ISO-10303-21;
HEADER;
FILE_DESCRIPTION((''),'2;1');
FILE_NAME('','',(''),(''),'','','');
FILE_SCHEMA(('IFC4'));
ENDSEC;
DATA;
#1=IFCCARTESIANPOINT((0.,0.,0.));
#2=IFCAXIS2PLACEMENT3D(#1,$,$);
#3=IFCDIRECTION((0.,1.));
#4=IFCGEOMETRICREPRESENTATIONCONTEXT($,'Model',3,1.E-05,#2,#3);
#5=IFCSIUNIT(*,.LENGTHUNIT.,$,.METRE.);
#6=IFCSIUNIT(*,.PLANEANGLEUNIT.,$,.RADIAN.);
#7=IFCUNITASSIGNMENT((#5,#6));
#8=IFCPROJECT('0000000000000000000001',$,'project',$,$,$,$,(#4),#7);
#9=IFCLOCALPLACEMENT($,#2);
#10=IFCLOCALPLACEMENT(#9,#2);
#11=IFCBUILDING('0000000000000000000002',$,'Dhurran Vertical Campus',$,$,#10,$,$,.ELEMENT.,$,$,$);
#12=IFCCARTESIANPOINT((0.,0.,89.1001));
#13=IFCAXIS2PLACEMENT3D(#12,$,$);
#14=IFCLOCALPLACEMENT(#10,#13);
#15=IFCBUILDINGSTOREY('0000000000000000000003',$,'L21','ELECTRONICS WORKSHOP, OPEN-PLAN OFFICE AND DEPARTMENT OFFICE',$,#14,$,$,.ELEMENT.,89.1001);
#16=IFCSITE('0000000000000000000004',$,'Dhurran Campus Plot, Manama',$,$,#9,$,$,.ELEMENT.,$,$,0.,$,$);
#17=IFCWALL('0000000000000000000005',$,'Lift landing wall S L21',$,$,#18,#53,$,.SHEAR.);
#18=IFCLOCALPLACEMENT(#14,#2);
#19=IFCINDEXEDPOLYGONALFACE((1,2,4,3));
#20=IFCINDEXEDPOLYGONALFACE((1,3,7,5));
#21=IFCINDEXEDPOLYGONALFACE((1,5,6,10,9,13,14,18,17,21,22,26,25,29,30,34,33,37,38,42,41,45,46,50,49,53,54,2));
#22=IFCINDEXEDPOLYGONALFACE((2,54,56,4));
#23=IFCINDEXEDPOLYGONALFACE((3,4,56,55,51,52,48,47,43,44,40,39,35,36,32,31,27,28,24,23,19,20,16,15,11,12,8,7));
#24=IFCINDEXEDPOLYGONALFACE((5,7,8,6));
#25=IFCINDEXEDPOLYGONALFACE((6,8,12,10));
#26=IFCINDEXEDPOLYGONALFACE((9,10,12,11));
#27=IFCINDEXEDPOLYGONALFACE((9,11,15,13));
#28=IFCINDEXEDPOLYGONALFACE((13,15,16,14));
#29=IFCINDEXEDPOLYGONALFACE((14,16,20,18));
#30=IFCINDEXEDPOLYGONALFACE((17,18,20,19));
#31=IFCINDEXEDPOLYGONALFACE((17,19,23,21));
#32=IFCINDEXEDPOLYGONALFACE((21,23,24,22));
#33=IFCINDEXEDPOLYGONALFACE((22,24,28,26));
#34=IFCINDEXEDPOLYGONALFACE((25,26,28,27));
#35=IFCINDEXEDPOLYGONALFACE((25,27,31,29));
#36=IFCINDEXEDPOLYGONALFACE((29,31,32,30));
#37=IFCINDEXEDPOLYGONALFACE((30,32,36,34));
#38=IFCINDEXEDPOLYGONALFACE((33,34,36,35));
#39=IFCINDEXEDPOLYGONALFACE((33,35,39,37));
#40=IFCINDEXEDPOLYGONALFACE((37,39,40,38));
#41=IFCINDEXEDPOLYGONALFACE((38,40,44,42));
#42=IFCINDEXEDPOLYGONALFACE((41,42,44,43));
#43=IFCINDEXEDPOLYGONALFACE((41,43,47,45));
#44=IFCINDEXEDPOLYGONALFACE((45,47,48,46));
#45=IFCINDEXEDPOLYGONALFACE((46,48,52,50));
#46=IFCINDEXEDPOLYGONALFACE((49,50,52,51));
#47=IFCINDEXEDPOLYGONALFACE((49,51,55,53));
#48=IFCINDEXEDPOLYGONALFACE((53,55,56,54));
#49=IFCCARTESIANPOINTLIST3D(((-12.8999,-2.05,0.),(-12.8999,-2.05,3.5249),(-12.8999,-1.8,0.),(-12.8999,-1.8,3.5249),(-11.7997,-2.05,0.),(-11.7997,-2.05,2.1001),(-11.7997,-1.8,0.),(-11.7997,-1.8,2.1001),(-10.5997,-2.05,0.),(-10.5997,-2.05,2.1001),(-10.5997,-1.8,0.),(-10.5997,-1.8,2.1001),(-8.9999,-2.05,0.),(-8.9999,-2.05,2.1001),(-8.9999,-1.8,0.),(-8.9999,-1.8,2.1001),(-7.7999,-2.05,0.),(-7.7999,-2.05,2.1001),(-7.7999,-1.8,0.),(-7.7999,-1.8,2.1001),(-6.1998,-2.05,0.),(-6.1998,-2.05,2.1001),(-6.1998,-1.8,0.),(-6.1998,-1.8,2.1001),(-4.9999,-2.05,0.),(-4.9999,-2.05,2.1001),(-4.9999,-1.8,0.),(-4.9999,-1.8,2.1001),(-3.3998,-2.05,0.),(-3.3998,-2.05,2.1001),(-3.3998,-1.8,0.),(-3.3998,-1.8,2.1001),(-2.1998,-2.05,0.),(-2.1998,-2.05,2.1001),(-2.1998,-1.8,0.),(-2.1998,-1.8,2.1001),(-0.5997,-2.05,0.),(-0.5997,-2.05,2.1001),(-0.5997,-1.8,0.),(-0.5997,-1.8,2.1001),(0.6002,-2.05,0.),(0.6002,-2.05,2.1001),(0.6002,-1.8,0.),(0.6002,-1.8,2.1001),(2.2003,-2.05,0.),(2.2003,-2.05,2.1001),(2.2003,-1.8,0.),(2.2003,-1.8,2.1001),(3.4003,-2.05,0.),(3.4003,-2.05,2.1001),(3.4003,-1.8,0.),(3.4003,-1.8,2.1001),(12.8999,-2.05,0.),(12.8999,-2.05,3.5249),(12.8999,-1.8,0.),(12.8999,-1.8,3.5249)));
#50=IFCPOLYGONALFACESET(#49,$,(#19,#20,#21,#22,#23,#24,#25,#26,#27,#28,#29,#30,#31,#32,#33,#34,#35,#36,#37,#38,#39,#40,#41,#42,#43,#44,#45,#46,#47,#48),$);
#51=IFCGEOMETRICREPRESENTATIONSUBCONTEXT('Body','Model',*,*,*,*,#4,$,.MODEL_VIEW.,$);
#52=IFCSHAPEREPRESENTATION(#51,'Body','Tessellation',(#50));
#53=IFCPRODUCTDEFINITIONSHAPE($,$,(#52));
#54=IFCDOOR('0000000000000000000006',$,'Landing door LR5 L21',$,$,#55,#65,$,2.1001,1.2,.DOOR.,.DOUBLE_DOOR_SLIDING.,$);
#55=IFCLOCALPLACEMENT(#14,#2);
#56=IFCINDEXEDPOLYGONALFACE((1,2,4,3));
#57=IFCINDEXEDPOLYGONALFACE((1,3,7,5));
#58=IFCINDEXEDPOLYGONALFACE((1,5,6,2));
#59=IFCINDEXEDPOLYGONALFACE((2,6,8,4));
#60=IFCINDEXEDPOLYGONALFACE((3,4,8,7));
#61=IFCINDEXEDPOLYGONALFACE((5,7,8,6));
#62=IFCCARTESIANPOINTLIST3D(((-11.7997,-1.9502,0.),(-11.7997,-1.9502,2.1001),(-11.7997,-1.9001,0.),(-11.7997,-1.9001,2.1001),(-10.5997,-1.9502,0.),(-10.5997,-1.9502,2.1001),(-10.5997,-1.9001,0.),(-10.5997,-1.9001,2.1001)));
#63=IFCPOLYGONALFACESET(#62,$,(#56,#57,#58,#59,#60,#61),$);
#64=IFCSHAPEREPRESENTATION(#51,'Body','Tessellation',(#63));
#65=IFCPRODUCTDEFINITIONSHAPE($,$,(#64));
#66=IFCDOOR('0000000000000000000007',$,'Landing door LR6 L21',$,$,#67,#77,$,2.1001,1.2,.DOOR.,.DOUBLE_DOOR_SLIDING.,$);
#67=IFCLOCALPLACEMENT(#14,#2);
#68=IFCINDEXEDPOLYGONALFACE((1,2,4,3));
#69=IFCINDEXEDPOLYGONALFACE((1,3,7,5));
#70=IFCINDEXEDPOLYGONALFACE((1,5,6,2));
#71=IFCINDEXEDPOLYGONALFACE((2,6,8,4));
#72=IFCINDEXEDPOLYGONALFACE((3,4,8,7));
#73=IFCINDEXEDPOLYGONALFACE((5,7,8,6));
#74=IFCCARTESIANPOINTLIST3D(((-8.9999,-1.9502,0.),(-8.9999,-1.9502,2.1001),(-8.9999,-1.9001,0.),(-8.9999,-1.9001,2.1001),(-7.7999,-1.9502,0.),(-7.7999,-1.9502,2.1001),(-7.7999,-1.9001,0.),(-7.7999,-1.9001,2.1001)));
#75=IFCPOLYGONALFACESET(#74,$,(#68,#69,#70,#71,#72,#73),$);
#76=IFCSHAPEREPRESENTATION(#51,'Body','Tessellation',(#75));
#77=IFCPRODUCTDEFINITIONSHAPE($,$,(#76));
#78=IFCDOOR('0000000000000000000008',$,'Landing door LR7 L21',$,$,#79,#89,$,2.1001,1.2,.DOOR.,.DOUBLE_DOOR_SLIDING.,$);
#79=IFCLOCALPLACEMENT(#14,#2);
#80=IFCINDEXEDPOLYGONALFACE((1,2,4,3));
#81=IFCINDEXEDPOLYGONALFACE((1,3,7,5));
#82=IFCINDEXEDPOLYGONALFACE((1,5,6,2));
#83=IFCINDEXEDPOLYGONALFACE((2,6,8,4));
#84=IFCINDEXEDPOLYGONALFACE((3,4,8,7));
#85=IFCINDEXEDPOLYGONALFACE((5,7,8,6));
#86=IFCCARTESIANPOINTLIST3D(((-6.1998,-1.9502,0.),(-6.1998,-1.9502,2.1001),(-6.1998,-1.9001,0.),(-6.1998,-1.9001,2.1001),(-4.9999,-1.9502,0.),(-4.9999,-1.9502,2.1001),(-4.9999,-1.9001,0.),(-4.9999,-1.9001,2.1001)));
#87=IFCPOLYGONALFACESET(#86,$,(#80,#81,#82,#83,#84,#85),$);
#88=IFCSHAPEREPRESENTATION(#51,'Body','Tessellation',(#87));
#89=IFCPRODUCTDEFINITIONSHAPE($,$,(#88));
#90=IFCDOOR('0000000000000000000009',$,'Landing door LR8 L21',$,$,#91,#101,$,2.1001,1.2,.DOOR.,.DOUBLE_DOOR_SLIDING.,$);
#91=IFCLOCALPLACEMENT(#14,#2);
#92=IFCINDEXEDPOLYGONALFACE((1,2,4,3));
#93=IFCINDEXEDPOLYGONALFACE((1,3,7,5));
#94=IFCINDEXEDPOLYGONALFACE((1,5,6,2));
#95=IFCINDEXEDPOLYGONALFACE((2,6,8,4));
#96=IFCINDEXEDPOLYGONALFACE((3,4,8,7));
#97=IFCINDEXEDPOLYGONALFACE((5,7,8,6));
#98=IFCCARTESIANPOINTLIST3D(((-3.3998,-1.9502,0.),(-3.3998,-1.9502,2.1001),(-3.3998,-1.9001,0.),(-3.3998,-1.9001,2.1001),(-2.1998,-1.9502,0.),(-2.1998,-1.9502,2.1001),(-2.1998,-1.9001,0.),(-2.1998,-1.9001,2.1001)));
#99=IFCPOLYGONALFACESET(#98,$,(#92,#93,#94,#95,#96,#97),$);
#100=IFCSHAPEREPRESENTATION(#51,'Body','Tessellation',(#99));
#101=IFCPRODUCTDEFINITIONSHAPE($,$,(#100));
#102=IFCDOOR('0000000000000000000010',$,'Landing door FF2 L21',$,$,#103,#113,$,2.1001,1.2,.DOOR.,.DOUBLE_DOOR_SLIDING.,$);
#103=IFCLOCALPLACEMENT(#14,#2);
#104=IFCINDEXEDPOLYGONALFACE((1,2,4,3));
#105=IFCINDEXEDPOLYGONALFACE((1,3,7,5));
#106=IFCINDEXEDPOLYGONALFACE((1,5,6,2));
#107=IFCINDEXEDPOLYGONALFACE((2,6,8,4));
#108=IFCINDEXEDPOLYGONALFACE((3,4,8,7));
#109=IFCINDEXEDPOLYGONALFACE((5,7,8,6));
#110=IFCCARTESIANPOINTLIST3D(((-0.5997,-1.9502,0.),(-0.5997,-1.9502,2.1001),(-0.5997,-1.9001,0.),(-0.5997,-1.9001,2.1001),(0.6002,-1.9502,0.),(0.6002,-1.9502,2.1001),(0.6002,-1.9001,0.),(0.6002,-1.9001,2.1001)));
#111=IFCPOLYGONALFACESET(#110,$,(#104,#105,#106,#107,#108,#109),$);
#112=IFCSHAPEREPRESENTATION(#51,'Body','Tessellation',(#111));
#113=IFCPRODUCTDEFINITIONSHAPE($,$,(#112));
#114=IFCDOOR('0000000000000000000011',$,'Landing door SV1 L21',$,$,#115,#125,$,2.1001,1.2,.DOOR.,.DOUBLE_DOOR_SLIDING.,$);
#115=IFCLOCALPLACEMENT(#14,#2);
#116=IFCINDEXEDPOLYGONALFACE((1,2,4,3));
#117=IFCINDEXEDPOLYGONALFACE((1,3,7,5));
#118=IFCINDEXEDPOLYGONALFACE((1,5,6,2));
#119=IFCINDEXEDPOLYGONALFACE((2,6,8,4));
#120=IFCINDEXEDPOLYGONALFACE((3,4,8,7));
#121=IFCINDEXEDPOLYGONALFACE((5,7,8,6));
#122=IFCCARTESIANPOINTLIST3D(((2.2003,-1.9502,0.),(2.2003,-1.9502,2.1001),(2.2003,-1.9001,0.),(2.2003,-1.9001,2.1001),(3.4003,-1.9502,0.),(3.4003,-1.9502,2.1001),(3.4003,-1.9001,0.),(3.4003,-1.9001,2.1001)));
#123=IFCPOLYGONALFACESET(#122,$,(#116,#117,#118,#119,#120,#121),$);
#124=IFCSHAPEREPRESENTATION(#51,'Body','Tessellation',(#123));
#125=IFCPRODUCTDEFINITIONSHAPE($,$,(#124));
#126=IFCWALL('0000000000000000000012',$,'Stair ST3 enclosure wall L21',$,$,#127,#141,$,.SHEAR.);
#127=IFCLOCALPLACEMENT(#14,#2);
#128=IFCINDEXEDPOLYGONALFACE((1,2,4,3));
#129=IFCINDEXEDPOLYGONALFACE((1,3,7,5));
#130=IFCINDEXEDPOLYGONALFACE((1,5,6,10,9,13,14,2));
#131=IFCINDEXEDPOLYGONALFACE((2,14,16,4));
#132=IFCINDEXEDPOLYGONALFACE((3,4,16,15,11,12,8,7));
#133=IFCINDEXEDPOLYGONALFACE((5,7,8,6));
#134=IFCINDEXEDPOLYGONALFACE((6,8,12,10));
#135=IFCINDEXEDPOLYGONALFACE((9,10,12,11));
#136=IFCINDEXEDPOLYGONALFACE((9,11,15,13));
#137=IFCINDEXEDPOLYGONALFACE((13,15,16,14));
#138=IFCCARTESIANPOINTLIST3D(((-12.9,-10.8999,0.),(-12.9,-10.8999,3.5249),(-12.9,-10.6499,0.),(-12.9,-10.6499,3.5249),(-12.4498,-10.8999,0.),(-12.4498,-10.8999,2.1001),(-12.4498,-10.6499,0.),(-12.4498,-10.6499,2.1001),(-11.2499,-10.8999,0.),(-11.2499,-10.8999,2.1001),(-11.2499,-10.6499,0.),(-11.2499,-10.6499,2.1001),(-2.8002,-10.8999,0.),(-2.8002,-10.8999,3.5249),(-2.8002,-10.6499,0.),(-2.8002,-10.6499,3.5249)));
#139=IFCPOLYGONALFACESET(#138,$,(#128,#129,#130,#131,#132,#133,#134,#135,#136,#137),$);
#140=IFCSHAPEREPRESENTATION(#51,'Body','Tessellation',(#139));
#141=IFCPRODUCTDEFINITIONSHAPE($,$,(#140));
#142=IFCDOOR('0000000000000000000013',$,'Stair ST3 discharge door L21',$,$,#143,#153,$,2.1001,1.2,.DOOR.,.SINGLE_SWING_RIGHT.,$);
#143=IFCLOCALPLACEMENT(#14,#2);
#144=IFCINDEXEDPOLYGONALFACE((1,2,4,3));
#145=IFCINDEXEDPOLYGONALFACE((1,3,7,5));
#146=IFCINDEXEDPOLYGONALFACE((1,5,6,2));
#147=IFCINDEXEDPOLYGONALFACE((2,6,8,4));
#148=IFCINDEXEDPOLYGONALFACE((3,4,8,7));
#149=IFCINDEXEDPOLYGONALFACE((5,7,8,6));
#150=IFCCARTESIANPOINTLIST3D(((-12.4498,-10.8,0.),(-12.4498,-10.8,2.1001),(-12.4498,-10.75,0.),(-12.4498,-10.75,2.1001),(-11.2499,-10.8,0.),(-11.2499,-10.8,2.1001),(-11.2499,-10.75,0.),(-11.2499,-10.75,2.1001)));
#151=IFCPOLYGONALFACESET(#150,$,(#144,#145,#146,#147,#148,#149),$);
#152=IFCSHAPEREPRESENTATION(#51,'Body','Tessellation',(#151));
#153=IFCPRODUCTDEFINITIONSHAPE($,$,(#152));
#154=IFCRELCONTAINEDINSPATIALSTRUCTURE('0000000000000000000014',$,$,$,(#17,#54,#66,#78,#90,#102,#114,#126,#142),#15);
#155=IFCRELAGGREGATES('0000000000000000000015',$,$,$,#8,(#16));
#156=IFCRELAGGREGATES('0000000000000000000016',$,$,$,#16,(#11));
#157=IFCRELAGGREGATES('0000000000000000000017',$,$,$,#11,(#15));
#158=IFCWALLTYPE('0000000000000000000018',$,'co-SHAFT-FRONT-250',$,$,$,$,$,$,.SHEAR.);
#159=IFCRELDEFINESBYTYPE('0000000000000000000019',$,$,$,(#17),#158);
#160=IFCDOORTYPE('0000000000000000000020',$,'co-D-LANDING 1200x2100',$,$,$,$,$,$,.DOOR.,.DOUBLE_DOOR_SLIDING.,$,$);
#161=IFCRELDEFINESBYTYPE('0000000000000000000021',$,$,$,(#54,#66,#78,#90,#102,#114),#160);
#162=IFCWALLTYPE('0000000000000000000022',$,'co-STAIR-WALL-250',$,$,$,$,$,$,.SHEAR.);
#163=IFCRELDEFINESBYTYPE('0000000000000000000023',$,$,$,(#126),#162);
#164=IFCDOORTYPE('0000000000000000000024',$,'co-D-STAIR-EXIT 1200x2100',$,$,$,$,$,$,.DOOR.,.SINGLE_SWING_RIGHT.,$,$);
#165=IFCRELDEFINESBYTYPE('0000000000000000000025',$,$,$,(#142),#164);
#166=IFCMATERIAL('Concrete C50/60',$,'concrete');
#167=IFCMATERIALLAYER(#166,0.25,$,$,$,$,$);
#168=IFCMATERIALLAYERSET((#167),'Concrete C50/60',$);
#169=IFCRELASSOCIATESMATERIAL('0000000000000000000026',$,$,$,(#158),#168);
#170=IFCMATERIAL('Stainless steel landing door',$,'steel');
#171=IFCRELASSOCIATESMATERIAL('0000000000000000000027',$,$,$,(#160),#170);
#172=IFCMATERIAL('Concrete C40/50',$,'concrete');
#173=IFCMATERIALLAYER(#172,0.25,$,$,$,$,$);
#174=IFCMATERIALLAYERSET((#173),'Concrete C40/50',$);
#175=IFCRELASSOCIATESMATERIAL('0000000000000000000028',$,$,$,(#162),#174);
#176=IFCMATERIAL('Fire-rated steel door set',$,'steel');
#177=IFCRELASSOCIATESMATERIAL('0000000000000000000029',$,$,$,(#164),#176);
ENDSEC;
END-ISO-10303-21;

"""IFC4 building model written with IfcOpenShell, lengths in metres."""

from ifc_helpers import new_model, si_unit, direction, frame, frame_2d, origin, place, context, subcontext, project, spatial, rectangle, extrude, material, layer, layer_set, type_object, element, fill, save


model = new_model("IFC4")

# Units and contexts
model_context = context("Model", 3, precision=1e-05, world=origin(), true_north=direction((0.0, 1.0)))
body_context = subcontext(model_context, "Body", "Model", "MODEL_VIEW")
ifc_project = project(units=[si_unit("LENGTHUNIT", "METRE"), si_unit("PLANEANGLEUNIT", "RADIAN")], contexts=[model_context])

# Site, building, storey
site_placement = place(None, origin())
site = spatial("IfcSite", under=ifc_project, at=site_placement, Name="Dhurran Campus Plot, Manama", CompositionType="ELEMENT", RefElevation=0.0)
building_placement = place(site_placement, origin())
building = spatial("IfcBuilding", under=site, at=building_placement, Name="Dhurran Vertical Campus", CompositionType="ELEMENT")
storey_placement = place(building_placement, frame((0.0, 0.0, 89.1001)))
storey = spatial("IfcBuildingStorey", under=building, at=storey_placement, Name="L21", Description="ELECTRONICS WORKSHOP, OPEN-PLAN OFFICE AND DEPARTMENT OFFICE", CompositionType="ELEMENT", Elevation=89.1001)

# Wall, openings, doors
ifc_material_1 = material(Name="Concrete C50/60", Category="concrete")
ifc_layer_1 = layer(ifc_material_1, 0.25)
ifc_layer_set_1 = layer_set([ifc_layer_1], Name="Concrete C50/60")
wall_type_1 = type_object("IfcWallType", Name="co-SHAFT-FRONT-250", PredefinedType="SHEAR", material=ifc_layer_set_1)
wall_1_placement = place(storey_placement, frame((-12.8999, -1.925, 0.0), z_axis=(0.0, 0.0, 1.0), x_axis=(1.0, 0.0, 0.0)))
wall_1 = element("IfcWall", 1, at=wall_1_placement, inside=storey, type_object=wall_type_1, Name="Lift landing wall S L21", PredefinedType="SHEAR", context=body_context, shape_type="SweptSolid", body=[
    extrude(rectangle(XDim=25.7998, YDim=0.25, at=frame_2d((12.8999, 0.0))), origin(), (0.0, 0.0, 1.0), 3.5249),
])
opening_1_placement = place(wall_1_placement, frame((1.1001, 0.0, 0.0)))
opening_1 = element("IfcOpeningElement", 2, at=opening_1_placement, cuts=wall_1, PredefinedType="OPENING", context=body_context, shape_type="SweptSolid", body=[
    extrude(rectangle(XDim=1.2, YDim=2.1001, at=frame_2d((0.6001, 1.05))), frame((0.0, 0.135, 0.0), z_axis=(0.0, -1.0, 0.0), x_axis=(1.0, 0.0, 0.0)), (0.0, 0.0, 1.0), 0.27),
])
opening_2_placement = place(wall_1_placement, frame((3.8999, 0.0, 0.0)))
opening_2 = element("IfcOpeningElement", 3, at=opening_2_placement, cuts=wall_1, PredefinedType="OPENING", context=body_context, shape_type="SweptSolid", body=[
    extrude(rectangle(XDim=1.2, YDim=2.1001, at=frame_2d((0.6001, 1.05))), frame((0.0, 0.135, 0.0), z_axis=(0.0, -1.0, 0.0), x_axis=(1.0, 0.0, 0.0)), (0.0, 0.0, 1.0), 0.27),
])
opening_3_placement = place(wall_1_placement, frame((6.7, 0.0, 0.0)))
opening_3 = element("IfcOpeningElement", 4, at=opening_3_placement, cuts=wall_1, PredefinedType="OPENING", context=body_context, shape_type="SweptSolid", body=[
    extrude(rectangle(XDim=1.2, YDim=2.1001, at=frame_2d((0.6001, 1.05))), frame((0.0, 0.135, 0.0), z_axis=(0.0, -1.0, 0.0), x_axis=(1.0, 0.0, 0.0)), (0.0, 0.0, 1.0), 0.27),
])
opening_4_placement = place(wall_1_placement, frame((9.5, 0.0, 0.0)))
opening_4 = element("IfcOpeningElement", 5, at=opening_4_placement, cuts=wall_1, PredefinedType="OPENING", context=body_context, shape_type="SweptSolid", body=[
    extrude(rectangle(XDim=1.2, YDim=2.1001, at=frame_2d((0.6001, 1.05))), frame((0.0, 0.135, 0.0), z_axis=(0.0, -1.0, 0.0), x_axis=(1.0, 0.0, 0.0)), (0.0, 0.0, 1.0), 0.27),
])
opening_5_placement = place(wall_1_placement, frame((12.3, 0.0, 0.0)))
opening_5 = element("IfcOpeningElement", 6, at=opening_5_placement, cuts=wall_1, PredefinedType="OPENING", context=body_context, shape_type="SweptSolid", body=[
    extrude(rectangle(XDim=1.2, YDim=2.1001, at=frame_2d((0.6001, 1.05))), frame((0.0, 0.135, 0.0), z_axis=(0.0, -1.0, 0.0), x_axis=(1.0, 0.0, 0.0)), (0.0, 0.0, 1.0), 0.27),
])
opening_6_placement = place(wall_1_placement, frame((15.1001, 0.0, 0.0)))
opening_6 = element("IfcOpeningElement", 7, at=opening_6_placement, cuts=wall_1, PredefinedType="OPENING", context=body_context, shape_type="SweptSolid", body=[
    extrude(rectangle(XDim=1.2, YDim=2.1001, at=frame_2d((0.6001, 1.05))), frame((0.0, 0.135, 0.0), z_axis=(0.0, -1.0, 0.0), x_axis=(1.0, 0.0, 0.0)), (0.0, 0.0, 1.0), 0.27),
])
ifc_material_2 = material(Name="Stainless steel landing door", Category="steel")
door_type_1 = type_object("IfcDoorType", Name="co-D-LANDING 1200x2100", OperationType="DOUBLE_DOOR_SLIDING", PredefinedType="DOOR", material=ifc_material_2)
door_1_placement = place(opening_1_placement, origin())
door_1 = element("IfcDoor", 8, at=door_1_placement, inside=storey, type_object=door_type_1, Name="Landing door LR5 L21", OperationType="DOUBLE_DOOR_SLIDING", OverallHeight=2.1001, OverallWidth=1.2, PredefinedType="DOOR", context=body_context, shape_type="SweptSolid", body=[
    extrude(rectangle(XDim=1.2, YDim=2.1001, at=frame_2d((0.6001, 1.05))), frame((0.0, 0.0249, 0.0), z_axis=(0.0, -1.0, 0.0), x_axis=(1.0, 0.0, 0.0)), (0.0, 0.0, 1.0), 0.05),
])
fill(opening_1, door_1)
door_2_placement = place(opening_2_placement, origin())
door_2 = element("IfcDoor", 9, at=door_2_placement, inside=storey, type_object=door_type_1, Name="Landing door LR6 L21", OperationType="DOUBLE_DOOR_SLIDING", OverallHeight=2.1001, OverallWidth=1.2, PredefinedType="DOOR", context=body_context, shape_type="SweptSolid", body=[
    extrude(rectangle(XDim=1.2, YDim=2.1001, at=frame_2d((0.6001, 1.05))), frame((0.0, 0.0249, 0.0), z_axis=(0.0, -1.0, 0.0), x_axis=(1.0, 0.0, 0.0)), (0.0, 0.0, 1.0), 0.05),
])
fill(opening_2, door_2)
door_3_placement = place(opening_3_placement, origin())
door_3 = element("IfcDoor", 10, at=door_3_placement, inside=storey, type_object=door_type_1, Name="Landing door LR7 L21", OperationType="DOUBLE_DOOR_SLIDING", OverallHeight=2.1001, OverallWidth=1.2, PredefinedType="DOOR", context=body_context, shape_type="SweptSolid", body=[
    extrude(rectangle(XDim=1.2, YDim=2.1001, at=frame_2d((0.6001, 1.05))), frame((0.0, 0.0249, 0.0), z_axis=(0.0, -1.0, 0.0), x_axis=(1.0, 0.0, 0.0)), (0.0, 0.0, 1.0), 0.05),
])
fill(opening_3, door_3)
door_4_placement = place(opening_4_placement, origin())
door_4 = element("IfcDoor", 11, at=door_4_placement, inside=storey, type_object=door_type_1, Name="Landing door LR8 L21", OperationType="DOUBLE_DOOR_SLIDING", OverallHeight=2.1001, OverallWidth=1.2, PredefinedType="DOOR", context=body_context, shape_type="SweptSolid", body=[
    extrude(rectangle(XDim=1.2, YDim=2.1001, at=frame_2d((0.6001, 1.05))), frame((0.0, 0.0249, 0.0), z_axis=(0.0, -1.0, 0.0), x_axis=(1.0, 0.0, 0.0)), (0.0, 0.0, 1.0), 0.05),
])
fill(opening_4, door_4)
door_5_placement = place(opening_5_placement, origin())
door_5 = element("IfcDoor", 12, at=door_5_placement, inside=storey, type_object=door_type_1, Name="Landing door FF2 L21", OperationType="DOUBLE_DOOR_SLIDING", OverallHeight=2.1001, OverallWidth=1.2, PredefinedType="DOOR", context=body_context, shape_type="SweptSolid", body=[
    extrude(rectangle(XDim=1.2, YDim=2.1001, at=frame_2d((0.6001, 1.05))), frame((0.0, 0.0249, 0.0), z_axis=(0.0, -1.0, 0.0), x_axis=(1.0, 0.0, 0.0)), (0.0, 0.0, 1.0), 0.05),
])
fill(opening_5, door_5)
door_6_placement = place(opening_6_placement, origin())
door_6 = element("IfcDoor", 13, at=door_6_placement, inside=storey, type_object=door_type_1, Name="Landing door SV1 L21", OperationType="DOUBLE_DOOR_SLIDING", OverallHeight=2.1001, OverallWidth=1.2, PredefinedType="DOOR", context=body_context, shape_type="SweptSolid", body=[
    extrude(rectangle(XDim=1.2, YDim=2.1001, at=frame_2d((0.6001, 1.05))), frame((0.0, 0.0249, 0.0), z_axis=(0.0, -1.0, 0.0), x_axis=(1.0, 0.0, 0.0)), (0.0, 0.0, 1.0), 0.05),
])
fill(opening_6, door_6)

# Wall, opening, door
ifc_material_3 = material(Name="Concrete C40/50", Category="concrete")
ifc_layer_2 = layer(ifc_material_3, 0.25)
ifc_layer_set_2 = layer_set([ifc_layer_2], Name="Concrete C40/50")
wall_type_2 = type_object("IfcWallType", Name="co-STAIR-WALL-250", PredefinedType="SHEAR", material=ifc_layer_set_2)
wall_2_placement = place(storey_placement, frame((-12.8999, -10.7749, 0.0), z_axis=(0.0, 0.0, 1.0), x_axis=(1.0, 0.0, 0.0)))
wall_2 = element("IfcWall", 14, at=wall_2_placement, inside=storey, type_object=wall_type_2, Name="Stair ST3 enclosure wall L21", PredefinedType="SHEAR", context=body_context, shape_type="SweptSolid", body=[
    extrude(rectangle(XDim=10.0999, YDim=0.25, at=frame_2d((5.0498, 0.0))), origin(), (0.0, 0.0, 1.0), 3.5249),
])
opening_7_placement = place(wall_2_placement, frame((0.45, 0.0, 0.0)))
opening_7 = element("IfcOpeningElement", 15, at=opening_7_placement, cuts=wall_2, PredefinedType="OPENING", context=body_context, shape_type="SweptSolid", body=[
    extrude(rectangle(XDim=1.2, YDim=2.1001, at=frame_2d((0.6001, 1.05))), frame((0.0, 0.135, 0.0), z_axis=(0.0, -1.0, 0.0), x_axis=(1.0, 0.0, 0.0)), (0.0, 0.0, 1.0), 0.27),
])
ifc_material_4 = material(Name="Fire-rated steel door set", Category="steel")
door_type_2 = type_object("IfcDoorType", Name="co-D-STAIR-EXIT 1200x2100", OperationType="SINGLE_SWING_RIGHT", PredefinedType="DOOR", material=ifc_material_4)
door_7_placement = place(opening_7_placement, origin())
door_7 = element("IfcDoor", 16, at=door_7_placement, inside=storey, type_object=door_type_2, Name="Stair ST3 discharge door L21", OperationType="SINGLE_SWING_RIGHT", OverallHeight=2.1001, OverallWidth=1.2, PredefinedType="DOOR", context=body_context, shape_type="SweptSolid", body=[
    extrude(rectangle(XDim=1.2, YDim=2.1001, at=frame_2d((0.6001, 1.05))), frame((0.0, 0.0249, 0.0), z_axis=(0.0, -1.0, 0.0), x_axis=(1.0, 0.0, 0.0)), (0.0, 0.0, 1.0), 0.05),
])
fill(opening_7, door_7)

save(model, "model.ifc")
